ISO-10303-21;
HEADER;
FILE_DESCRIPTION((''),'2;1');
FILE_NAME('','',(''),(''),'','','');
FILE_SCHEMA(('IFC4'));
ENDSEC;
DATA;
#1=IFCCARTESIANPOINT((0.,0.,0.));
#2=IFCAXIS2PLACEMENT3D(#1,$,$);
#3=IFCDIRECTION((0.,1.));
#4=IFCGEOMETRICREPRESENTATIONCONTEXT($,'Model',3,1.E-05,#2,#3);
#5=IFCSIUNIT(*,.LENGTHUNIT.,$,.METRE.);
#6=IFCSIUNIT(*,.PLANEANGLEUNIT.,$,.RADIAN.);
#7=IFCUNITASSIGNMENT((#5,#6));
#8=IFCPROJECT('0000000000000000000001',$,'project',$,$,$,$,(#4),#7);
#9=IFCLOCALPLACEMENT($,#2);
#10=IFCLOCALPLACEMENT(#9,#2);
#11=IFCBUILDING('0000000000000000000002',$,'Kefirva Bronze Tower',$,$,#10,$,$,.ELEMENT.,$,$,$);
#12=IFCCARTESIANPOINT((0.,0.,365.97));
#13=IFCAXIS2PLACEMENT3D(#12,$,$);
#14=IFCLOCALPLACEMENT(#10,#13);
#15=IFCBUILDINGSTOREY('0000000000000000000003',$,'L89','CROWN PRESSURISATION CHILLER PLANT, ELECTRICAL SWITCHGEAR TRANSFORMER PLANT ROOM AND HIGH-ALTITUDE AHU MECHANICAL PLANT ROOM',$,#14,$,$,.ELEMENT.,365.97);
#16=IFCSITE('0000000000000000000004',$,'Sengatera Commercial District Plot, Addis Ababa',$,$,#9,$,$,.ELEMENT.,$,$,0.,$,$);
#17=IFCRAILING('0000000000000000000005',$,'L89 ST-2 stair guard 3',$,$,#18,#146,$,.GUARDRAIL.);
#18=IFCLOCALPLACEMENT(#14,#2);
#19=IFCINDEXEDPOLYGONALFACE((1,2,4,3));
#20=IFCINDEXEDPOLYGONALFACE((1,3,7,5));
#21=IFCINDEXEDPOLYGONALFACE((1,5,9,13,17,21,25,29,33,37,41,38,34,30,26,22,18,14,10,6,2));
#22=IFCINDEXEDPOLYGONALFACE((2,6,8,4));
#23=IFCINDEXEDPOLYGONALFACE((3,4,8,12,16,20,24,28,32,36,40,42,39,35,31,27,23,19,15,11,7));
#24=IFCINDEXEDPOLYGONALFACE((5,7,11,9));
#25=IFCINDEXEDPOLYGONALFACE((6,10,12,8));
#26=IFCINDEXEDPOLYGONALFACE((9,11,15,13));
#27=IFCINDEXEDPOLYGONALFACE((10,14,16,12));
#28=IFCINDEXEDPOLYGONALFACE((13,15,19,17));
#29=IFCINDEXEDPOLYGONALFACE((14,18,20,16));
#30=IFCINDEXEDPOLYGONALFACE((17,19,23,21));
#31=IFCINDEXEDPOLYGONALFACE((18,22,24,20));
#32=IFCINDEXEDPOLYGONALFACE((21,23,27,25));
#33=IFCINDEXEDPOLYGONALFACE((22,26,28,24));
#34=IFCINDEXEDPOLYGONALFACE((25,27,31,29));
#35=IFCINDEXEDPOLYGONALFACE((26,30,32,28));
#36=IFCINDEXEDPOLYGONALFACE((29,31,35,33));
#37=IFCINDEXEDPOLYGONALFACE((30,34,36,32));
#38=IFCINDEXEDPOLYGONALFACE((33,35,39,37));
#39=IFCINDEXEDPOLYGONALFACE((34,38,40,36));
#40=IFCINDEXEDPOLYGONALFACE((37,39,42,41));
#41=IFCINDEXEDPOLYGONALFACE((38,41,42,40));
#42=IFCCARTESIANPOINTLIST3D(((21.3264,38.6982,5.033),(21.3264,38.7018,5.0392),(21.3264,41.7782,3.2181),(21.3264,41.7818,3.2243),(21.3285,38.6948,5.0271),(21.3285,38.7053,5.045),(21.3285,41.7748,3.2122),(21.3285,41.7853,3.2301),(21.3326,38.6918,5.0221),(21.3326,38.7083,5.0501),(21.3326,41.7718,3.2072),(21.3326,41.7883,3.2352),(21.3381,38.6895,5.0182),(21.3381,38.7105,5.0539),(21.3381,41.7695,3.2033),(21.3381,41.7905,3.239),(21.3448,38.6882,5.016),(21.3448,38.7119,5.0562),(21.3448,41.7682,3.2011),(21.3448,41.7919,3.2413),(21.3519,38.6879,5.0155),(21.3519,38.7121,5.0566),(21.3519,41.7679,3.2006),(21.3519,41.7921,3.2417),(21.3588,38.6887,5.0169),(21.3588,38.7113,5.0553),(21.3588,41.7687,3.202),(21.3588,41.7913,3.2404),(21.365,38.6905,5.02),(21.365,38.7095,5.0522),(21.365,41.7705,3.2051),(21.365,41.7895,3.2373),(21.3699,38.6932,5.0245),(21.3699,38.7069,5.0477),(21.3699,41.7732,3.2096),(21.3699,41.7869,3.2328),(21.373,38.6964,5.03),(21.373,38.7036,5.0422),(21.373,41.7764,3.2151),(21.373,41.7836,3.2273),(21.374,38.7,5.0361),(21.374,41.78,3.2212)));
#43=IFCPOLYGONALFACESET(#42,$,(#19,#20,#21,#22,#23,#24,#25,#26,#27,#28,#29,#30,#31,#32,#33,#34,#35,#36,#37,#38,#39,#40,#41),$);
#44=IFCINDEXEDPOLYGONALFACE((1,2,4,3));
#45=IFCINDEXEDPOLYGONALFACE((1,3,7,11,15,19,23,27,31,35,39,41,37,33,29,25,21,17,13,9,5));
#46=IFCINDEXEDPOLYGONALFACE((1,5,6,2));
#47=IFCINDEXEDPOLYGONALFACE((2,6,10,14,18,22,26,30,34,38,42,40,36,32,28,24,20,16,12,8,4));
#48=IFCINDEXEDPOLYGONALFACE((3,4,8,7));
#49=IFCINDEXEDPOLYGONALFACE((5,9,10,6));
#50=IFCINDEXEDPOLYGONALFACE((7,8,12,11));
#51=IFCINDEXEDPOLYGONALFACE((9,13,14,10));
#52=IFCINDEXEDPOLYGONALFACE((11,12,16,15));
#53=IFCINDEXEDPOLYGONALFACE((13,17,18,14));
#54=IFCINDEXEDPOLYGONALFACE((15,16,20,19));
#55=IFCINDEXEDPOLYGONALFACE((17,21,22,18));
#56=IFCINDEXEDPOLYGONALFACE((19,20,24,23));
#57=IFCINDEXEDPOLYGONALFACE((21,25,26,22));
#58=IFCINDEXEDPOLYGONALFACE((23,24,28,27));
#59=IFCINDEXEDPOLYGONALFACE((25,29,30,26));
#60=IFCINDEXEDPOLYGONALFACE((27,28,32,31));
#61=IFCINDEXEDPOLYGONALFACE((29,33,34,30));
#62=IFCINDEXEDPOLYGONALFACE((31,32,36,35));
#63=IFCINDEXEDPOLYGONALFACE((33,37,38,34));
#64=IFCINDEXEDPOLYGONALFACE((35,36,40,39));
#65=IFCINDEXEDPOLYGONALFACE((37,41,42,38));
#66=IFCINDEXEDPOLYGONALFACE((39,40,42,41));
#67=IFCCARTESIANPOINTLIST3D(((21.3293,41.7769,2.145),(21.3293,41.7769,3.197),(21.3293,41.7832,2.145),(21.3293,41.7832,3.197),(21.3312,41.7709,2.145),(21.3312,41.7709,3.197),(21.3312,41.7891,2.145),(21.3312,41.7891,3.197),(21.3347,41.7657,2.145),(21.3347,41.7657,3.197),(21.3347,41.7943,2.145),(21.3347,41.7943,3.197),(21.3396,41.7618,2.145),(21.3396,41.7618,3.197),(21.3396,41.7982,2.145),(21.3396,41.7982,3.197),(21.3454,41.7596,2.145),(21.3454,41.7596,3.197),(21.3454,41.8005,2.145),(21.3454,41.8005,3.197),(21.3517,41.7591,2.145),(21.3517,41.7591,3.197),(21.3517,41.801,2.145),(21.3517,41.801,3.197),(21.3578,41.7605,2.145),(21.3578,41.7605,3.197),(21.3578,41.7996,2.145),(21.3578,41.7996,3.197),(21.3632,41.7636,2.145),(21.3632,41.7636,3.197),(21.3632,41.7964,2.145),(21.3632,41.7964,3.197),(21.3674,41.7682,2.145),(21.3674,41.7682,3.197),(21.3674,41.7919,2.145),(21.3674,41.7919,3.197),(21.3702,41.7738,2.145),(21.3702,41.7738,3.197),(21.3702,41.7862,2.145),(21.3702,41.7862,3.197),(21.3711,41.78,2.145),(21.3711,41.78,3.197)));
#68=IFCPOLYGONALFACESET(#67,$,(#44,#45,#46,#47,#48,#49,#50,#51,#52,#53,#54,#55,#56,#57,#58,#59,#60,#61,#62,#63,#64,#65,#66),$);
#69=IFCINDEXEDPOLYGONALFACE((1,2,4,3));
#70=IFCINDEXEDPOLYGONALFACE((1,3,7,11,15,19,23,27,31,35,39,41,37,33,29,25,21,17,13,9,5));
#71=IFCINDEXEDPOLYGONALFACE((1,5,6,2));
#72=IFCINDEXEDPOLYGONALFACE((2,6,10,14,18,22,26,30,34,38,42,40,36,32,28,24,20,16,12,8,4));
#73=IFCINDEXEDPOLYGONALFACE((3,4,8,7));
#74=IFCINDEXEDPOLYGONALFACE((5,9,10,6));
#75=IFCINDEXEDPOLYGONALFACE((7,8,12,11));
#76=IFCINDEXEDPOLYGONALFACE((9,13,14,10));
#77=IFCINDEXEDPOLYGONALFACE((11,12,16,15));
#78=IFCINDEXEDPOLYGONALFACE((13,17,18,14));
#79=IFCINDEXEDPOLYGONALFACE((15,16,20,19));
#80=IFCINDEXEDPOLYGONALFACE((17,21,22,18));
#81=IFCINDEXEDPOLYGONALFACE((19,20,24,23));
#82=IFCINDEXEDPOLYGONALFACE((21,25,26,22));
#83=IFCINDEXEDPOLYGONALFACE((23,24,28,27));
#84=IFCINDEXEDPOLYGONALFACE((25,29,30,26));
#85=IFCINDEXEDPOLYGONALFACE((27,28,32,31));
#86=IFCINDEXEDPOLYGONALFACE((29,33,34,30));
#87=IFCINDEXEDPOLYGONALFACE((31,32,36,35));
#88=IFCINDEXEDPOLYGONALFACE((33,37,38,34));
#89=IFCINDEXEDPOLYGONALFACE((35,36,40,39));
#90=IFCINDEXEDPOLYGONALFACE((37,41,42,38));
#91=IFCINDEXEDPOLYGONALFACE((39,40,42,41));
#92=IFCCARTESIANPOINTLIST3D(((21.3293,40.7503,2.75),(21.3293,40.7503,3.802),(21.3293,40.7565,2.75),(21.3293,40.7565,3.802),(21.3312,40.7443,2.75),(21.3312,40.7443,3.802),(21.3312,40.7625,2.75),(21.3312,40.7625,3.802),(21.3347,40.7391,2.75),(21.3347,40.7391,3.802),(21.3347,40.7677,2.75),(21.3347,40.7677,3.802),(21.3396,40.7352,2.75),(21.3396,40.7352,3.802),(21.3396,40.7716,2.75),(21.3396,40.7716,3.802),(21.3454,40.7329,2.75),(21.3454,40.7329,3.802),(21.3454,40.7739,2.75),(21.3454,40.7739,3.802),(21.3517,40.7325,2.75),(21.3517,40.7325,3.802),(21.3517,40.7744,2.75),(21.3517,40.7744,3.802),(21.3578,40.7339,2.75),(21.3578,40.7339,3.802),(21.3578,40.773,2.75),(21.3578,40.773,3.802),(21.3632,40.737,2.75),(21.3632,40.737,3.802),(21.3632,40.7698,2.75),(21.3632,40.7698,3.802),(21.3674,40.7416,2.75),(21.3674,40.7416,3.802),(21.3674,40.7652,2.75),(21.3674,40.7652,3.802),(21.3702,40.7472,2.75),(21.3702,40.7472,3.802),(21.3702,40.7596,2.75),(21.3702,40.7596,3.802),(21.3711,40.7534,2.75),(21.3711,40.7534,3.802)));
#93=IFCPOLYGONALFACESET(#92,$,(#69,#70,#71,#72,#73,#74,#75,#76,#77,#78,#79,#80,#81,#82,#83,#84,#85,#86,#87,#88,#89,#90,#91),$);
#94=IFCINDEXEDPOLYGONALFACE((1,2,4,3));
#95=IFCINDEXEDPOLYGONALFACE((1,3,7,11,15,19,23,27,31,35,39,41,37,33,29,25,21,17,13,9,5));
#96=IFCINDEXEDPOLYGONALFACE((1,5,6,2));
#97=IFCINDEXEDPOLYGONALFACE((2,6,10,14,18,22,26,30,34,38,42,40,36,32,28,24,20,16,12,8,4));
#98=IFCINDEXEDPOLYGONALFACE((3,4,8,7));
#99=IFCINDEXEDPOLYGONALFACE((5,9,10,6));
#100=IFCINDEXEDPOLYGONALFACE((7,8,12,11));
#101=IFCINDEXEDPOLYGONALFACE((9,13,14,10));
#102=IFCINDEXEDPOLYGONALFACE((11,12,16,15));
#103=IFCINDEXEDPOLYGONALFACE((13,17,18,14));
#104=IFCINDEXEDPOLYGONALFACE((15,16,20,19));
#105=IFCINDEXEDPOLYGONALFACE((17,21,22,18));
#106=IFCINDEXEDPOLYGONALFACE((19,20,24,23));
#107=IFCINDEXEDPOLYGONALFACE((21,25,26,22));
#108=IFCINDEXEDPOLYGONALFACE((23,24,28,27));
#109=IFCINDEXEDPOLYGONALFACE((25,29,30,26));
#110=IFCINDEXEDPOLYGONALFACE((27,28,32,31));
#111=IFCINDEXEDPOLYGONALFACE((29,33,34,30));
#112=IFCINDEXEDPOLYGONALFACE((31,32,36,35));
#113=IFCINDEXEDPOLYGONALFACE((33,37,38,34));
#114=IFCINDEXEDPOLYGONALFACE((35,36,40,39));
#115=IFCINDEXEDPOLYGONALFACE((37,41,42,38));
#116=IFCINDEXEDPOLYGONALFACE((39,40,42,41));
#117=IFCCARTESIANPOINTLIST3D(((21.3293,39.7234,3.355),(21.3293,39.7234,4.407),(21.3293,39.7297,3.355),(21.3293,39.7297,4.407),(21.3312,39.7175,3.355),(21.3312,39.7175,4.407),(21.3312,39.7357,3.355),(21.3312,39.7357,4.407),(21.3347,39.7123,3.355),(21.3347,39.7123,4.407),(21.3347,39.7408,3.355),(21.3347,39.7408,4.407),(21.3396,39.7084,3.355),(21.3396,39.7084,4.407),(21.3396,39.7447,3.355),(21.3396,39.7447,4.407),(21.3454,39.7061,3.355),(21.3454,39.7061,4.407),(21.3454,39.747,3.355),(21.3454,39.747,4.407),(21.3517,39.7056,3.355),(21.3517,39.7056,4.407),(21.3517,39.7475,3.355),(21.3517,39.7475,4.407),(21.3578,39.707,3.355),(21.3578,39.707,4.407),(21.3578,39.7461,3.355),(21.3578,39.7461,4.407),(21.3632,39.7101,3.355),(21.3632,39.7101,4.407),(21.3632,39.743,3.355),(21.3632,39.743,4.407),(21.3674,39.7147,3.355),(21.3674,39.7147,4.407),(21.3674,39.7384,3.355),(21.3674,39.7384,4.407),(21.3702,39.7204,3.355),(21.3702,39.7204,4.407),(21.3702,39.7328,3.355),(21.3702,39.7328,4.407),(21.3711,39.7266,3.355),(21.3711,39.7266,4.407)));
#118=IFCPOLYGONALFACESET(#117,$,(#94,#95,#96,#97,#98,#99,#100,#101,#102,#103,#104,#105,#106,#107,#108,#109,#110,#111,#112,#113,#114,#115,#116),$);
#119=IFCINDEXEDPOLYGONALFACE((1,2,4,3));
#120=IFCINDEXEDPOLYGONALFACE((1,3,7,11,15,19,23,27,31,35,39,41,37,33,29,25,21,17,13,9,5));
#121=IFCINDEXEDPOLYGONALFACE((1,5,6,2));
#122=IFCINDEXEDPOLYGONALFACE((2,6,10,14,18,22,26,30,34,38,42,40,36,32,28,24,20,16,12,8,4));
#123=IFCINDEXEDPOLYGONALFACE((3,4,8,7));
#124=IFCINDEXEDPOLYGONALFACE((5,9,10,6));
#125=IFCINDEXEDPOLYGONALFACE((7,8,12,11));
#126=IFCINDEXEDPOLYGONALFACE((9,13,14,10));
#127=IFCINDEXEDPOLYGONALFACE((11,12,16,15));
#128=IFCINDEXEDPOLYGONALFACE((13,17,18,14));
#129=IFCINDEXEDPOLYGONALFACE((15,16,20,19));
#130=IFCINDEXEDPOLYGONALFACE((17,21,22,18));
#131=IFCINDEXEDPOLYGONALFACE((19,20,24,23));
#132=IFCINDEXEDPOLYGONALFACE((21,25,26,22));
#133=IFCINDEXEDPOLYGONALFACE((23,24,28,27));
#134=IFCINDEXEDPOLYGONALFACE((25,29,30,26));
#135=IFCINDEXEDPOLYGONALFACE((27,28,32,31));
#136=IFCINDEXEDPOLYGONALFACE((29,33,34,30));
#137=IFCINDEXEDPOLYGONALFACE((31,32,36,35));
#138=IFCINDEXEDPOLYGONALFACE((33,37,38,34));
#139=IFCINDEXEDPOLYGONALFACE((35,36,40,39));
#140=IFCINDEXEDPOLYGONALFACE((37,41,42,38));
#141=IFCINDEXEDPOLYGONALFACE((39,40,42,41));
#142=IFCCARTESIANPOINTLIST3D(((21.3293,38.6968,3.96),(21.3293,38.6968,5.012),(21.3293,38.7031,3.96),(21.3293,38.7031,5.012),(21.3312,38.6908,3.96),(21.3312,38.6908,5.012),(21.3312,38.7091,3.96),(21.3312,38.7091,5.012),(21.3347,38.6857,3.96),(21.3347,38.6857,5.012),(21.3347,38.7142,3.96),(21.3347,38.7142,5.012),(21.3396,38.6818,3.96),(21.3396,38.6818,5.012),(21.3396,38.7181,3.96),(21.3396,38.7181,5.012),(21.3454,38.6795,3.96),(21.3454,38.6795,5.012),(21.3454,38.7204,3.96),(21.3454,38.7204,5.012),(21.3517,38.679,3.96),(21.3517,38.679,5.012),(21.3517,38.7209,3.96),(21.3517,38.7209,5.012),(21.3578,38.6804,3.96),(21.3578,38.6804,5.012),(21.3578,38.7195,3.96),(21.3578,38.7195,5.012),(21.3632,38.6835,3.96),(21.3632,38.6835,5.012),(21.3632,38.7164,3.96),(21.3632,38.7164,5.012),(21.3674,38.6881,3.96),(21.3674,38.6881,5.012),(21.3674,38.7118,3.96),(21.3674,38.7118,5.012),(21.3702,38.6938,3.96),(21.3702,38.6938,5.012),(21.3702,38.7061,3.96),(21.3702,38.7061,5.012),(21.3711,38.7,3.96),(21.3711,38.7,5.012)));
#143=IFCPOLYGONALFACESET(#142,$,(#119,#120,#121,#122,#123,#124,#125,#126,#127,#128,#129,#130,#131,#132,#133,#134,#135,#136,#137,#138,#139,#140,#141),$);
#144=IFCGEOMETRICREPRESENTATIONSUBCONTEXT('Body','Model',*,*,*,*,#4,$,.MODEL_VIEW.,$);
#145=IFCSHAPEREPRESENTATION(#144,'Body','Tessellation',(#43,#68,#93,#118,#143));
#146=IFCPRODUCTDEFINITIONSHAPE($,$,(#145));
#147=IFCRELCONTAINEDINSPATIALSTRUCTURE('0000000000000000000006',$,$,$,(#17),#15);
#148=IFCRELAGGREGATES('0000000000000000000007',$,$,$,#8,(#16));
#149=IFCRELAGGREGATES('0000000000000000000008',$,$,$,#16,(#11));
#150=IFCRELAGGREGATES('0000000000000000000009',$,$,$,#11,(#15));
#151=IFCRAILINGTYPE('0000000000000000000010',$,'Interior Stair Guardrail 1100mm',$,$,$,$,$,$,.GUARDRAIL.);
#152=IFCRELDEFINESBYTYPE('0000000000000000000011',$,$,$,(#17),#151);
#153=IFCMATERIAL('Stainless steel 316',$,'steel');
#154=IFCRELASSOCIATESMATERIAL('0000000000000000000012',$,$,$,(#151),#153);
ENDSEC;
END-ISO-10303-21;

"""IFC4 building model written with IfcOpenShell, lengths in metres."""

from ifc_helpers import new_model, si_unit, direction, frame, origin, origin_2d, place, context, subcontext, project, spatial, circle, extrude, material, type_object, element, save


model = new_model("IFC4")

# Units and contexts
model_context = context("Model", 3, precision=1e-05, world=origin(), true_north=direction((0.0, 1.0)))
body_context = subcontext(model_context, "Body", "Model", "MODEL_VIEW")
ifc_project = project(units=[si_unit("LENGTHUNIT", "METRE"), si_unit("PLANEANGLEUNIT", "RADIAN")], contexts=[model_context])

# Site, building, storey
site_placement = place(None, origin())
site = spatial("IfcSite", under=ifc_project, at=site_placement, Name="Sengatera Commercial District Plot, Addis Ababa", CompositionType="ELEMENT", RefElevation=0.0)
building_placement = place(site_placement, origin())
building = spatial("IfcBuilding", under=site, at=building_placement, Name="Kefirva Bronze Tower", CompositionType="ELEMENT")
storey_placement = place(building_placement, frame((0.0, 0.0, 365.97)))
storey = spatial("IfcBuildingStorey", under=building, at=storey_placement, Name="L89", Description="CROWN PRESSURISATION CHILLER PLANT, ELECTRICAL SWITCHGEAR TRANSFORMER PLANT ROOM AND HIGH-ALTITUDE AHU MECHANICAL PLANT ROOM", CompositionType="ELEMENT", Elevation=365.97)

# Railing
ifc_material_1 = material(Name="Stainless steel 316", Category="steel")
railing_type_1 = type_object("IfcRailingType", Name="Interior Stair Guardrail 1100mm", PredefinedType="GUARDRAIL", material=ifc_material_1)
railing_1_placement = place(storey_placement, frame((21.3501, 41.78, 2.145)))
element("IfcRailing", 1, at=railing_1_placement, inside=storey, type_object=railing_type_1, Name="L89 ST-2 stair guard 3", PredefinedType="GUARDRAIL", context=body_context, shape_type="SweptSolid", body=[
    extrude(circle(Radius=0.0239, at=origin_2d()), frame((0.0, 0.0, 1.0762), z_axis=(0.0, -0.861551, 0.507671), x_axis=(1.0, 0.0, 0.0)), (0.0, 0.0, 1.0), 3.575),
    extrude(circle(Radius=0.021, at=origin_2d()), origin(), (0.0, 0.0, 1.0), 1.052),
    extrude(circle(Radius=0.021, at=origin_2d()), frame((0.0, -1.0266, 0.605)), (0.0, 0.0, 1.0), 1.052),
    extrude(circle(Radius=0.021, at=origin_2d()), frame((0.0, -2.0535, 1.21)), (0.0, 0.0, 1.0), 1.052),
    extrude(circle(Radius=0.021, at=origin_2d()), frame((0.0, -3.0801, 1.8149)), (0.0, 0.0, 1.0), 1.052),
])

save(model, "model.ifc")
